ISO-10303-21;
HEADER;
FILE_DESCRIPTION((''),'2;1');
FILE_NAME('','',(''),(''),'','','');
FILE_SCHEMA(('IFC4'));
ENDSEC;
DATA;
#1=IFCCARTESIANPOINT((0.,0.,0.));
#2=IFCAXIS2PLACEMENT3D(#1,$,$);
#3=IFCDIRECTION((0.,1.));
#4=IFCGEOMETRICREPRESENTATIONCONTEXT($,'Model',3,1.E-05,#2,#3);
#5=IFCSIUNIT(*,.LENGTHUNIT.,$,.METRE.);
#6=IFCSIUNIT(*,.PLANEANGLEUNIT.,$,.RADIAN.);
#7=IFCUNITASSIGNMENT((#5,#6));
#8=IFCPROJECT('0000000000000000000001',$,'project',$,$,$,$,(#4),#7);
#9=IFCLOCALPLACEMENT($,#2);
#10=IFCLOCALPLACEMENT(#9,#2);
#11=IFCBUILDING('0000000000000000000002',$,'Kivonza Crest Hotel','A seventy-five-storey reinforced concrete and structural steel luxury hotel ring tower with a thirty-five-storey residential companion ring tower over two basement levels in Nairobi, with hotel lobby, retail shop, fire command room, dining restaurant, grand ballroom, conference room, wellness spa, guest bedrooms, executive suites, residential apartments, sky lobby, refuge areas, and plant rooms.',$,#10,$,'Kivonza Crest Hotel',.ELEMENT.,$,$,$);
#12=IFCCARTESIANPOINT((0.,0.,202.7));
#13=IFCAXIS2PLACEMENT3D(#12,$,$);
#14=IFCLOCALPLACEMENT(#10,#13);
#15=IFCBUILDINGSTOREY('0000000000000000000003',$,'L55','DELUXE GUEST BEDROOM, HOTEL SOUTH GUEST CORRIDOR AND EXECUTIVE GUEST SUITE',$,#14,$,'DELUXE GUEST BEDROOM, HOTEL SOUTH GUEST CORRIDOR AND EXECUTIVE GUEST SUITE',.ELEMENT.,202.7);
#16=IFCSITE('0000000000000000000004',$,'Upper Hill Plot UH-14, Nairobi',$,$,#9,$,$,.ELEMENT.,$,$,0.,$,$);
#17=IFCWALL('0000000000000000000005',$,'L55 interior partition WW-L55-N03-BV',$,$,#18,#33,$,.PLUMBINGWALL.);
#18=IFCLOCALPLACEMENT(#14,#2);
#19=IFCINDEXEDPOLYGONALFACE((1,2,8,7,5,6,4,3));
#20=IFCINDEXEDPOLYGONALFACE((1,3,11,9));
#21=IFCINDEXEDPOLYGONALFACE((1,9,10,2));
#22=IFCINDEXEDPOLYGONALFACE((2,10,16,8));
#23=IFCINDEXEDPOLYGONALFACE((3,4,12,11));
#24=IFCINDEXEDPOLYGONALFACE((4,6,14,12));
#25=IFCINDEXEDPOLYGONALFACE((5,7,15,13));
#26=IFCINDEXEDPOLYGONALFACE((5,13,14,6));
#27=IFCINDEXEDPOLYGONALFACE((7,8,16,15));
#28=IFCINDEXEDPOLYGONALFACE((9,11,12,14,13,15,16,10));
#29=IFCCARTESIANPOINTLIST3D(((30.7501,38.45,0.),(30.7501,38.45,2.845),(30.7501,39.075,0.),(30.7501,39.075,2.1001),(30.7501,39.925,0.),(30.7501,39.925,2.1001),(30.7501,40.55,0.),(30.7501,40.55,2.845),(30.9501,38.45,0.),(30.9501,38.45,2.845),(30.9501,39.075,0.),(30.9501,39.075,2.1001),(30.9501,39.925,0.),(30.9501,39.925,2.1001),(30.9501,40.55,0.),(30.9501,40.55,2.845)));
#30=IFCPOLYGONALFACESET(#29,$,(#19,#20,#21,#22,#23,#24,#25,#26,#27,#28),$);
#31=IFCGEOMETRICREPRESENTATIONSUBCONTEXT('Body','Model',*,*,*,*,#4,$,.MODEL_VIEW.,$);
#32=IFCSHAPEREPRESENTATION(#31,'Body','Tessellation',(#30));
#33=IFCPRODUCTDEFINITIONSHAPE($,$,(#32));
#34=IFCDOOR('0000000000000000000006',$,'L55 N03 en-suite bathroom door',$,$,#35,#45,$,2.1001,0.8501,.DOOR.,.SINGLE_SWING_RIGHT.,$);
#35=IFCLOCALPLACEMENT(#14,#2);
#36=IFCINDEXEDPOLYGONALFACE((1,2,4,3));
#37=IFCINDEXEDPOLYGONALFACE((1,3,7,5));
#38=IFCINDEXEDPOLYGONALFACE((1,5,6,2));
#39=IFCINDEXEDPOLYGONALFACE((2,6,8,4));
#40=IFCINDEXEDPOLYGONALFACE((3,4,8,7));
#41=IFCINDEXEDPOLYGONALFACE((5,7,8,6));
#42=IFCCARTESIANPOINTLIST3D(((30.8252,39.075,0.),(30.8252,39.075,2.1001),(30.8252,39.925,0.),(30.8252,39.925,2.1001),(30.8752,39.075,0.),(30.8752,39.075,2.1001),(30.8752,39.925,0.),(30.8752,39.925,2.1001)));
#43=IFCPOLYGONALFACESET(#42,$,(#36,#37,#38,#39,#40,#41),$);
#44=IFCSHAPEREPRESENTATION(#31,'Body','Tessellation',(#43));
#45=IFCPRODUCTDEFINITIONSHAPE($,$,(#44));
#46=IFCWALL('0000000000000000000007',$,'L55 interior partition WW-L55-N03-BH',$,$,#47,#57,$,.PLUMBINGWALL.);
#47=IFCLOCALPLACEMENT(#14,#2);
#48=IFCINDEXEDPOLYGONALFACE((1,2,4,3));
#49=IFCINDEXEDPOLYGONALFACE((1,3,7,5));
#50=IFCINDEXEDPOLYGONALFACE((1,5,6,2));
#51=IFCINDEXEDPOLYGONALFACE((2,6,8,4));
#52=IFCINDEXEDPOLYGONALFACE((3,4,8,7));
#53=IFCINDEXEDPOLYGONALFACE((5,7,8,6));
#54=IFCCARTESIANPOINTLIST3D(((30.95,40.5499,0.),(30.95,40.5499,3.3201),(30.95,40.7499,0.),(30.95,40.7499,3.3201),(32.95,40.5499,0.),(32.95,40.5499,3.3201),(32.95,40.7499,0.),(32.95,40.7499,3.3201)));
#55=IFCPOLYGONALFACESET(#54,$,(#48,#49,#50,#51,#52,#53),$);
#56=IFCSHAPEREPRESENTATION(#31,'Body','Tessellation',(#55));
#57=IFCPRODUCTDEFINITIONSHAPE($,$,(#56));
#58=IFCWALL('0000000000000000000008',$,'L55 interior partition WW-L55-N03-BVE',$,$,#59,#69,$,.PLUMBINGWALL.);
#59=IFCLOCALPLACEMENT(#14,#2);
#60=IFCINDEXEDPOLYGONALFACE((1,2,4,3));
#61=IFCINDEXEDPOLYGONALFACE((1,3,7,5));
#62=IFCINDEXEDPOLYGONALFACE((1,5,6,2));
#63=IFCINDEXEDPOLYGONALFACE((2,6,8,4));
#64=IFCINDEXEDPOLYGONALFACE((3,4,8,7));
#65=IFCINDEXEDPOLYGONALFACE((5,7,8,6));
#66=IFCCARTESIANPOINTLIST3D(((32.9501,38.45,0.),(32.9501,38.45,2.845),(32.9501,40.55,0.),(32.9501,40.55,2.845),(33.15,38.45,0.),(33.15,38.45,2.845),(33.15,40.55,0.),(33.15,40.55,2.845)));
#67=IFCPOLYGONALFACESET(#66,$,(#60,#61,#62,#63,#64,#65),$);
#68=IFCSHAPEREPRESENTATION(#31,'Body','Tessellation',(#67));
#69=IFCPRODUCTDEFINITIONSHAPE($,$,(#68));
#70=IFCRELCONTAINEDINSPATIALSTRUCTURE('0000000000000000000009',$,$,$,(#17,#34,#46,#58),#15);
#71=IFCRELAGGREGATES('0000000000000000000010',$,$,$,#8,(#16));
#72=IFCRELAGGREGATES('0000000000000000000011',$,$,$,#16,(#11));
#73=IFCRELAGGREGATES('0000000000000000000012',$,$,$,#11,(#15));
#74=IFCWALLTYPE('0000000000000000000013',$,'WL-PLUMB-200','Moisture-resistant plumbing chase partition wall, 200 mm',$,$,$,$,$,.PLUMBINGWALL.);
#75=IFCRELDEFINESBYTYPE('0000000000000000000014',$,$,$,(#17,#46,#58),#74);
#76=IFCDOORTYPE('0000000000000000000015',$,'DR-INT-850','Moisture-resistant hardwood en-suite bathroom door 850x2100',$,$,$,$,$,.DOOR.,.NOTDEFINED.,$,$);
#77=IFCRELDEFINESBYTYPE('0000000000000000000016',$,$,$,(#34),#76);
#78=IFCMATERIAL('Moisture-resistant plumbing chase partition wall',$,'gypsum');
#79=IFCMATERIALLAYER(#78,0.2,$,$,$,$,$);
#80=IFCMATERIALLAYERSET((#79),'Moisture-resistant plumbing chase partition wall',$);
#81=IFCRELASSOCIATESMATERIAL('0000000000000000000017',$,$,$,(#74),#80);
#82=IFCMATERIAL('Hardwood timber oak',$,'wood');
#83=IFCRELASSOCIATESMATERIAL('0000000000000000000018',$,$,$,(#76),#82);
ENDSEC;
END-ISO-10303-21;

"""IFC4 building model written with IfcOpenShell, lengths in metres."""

from ifc_helpers import new_model, si_unit, direction, frame, frame_2d, origin, place, context, subcontext, project, spatial, rectangle, extrude, material, layer, layer_set, type_object, element, fill, save


model = new_model("IFC4")

# Units and contexts
model_context = context("Model", 3, precision=1e-05, world=origin(), true_north=direction((0.0, 1.0)))
body_context = subcontext(model_context, "Body", "Model", "MODEL_VIEW")
ifc_project = project(units=[si_unit("LENGTHUNIT", "METRE"), si_unit("PLANEANGLEUNIT", "RADIAN")], contexts=[model_context])

# Site, building, storey
site_placement = place(None, origin())
site = spatial("IfcSite", under=ifc_project, at=site_placement, Name="Upper Hill Plot UH-14, Nairobi", CompositionType="ELEMENT", RefElevation=0.0)
building_placement = place(site_placement, origin())
building = spatial("IfcBuilding", under=site, at=building_placement, Name="Kivonza Crest Hotel", Description="A seventy-five-storey reinforced concrete and structural steel luxury hotel ring tower with a thirty-five-storey residential companion ring tower over two basement levels in Nairobi, with hotel lobby, retail shop, fire command room, dining restaurant, grand ballroom, conference room, wellness spa, guest bedrooms, executive suites, residential apartments, sky lobby, refuge areas, and plant rooms.", LongName="Kivonza Crest Hotel", CompositionType="ELEMENT")
storey_placement = place(building_placement, frame((0.0, 0.0, 202.7)))
storey = spatial("IfcBuildingStorey", under=building, at=storey_placement, Name="L55", Description="DELUXE GUEST BEDROOM, HOTEL SOUTH GUEST CORRIDOR AND EXECUTIVE GUEST SUITE", LongName="DELUXE GUEST BEDROOM, HOTEL SOUTH GUEST CORRIDOR AND EXECUTIVE GUEST SUITE", CompositionType="ELEMENT", Elevation=202.7)

# Shared definitions
ifc_material_1 = material(Name="Hardwood timber oak", Category="wood")

# Wall, opening, door
ifc_material_2 = material(Name="Moisture-resistant plumbing chase partition wall", Category="gypsum")
ifc_layer_1 = layer(ifc_material_2, 0.2)
ifc_layer_set_1 = layer_set([ifc_layer_1], Name="Moisture-resistant plumbing chase partition wall")
wall_type_1 = type_object("IfcWallType", Name="WL-PLUMB-200", Description="Moisture-resistant plumbing chase partition wall, 200 mm", PredefinedType="PLUMBINGWALL", material=ifc_layer_set_1)
wall_1_placement = place(storey_placement, frame((30.8501, 38.45, 0.0), z_axis=(0.0, 0.0, 1.0), x_axis=(0.0, 1.0, 0.0)))
wall_1 = element("IfcWall", 1, at=wall_1_placement, inside=storey, type_object=wall_type_1, Name="L55 interior partition WW-L55-N03-BV", PredefinedType="PLUMBINGWALL", context=body_context, shape_type="SweptSolid", body=[
    extrude(rectangle(XDim=2.1001, YDim=0.2, at=frame_2d((1.05, 0.0))), origin(), (0.0, 0.0, 1.0), 2.845),
])
opening_1_placement = place(wall_1_placement, frame((0.625, 0.0, 0.0)))
opening_1 = element("IfcOpeningElement", 2, at=opening_1_placement, cuts=wall_1, PredefinedType="OPENING", context=body_context, shape_type="SweptSolid", body=[
    extrude(rectangle(XDim=0.8501, YDim=2.1001, at=frame_2d((0.425, 1.05))), frame((0.0, 0.1099, 0.0), z_axis=(0.0, -1.0, 0.0), x_axis=(1.0, 0.0, 0.0)), (0.0, 0.0, 1.0), 0.22),
])
door_type_1 = type_object("IfcDoorType", Name="DR-INT-850", Description="Moisture-resistant hardwood en-suite bathroom door 850x2100", OperationType="NOTDEFINED", PredefinedType="DOOR", material=ifc_material_1)
door_1_placement = place(opening_1_placement, origin())
door_1 = element("IfcDoor", 3, at=door_1_placement, inside=storey, type_object=door_type_1, Name="L55 N03 en-suite bathroom door", OperationType="SINGLE_SWING_RIGHT", OverallHeight=2.1001, OverallWidth=0.8501, PredefinedType="DOOR", context=body_context, shape_type="SweptSolid", body=[
    extrude(rectangle(XDim=0.8501, YDim=2.1001, at=frame_2d((0.425, 1.05))), frame((0.0, 0.0249, 0.0), z_axis=(0.0, -1.0, 0.0), x_axis=(1.0, 0.0, 0.0)), (0.0, 0.0, 1.0), 0.05),
])
fill(opening_1, door_1)

# Walls
wall_2_placement = place(storey_placement, frame((30.95, 40.6499, 0.0), z_axis=(0.0, 0.0, 1.0), x_axis=(1.0, 0.0, 0.0)))
element("IfcWall", 4, at=wall_2_placement, inside=storey, type_object=wall_type_1, Name="L55 interior partition WW-L55-N03-BH", PredefinedType="PLUMBINGWALL", context=body_context, shape_type="SweptSolid", body=[
    extrude(rectangle(XDim=2.0, YDim=0.2, at=frame_2d((1.0, 0.0))), origin(), (0.0, 0.0, 1.0), 3.3201),
])
wall_3_placement = place(storey_placement, frame((33.05, 38.45, 0.0), z_axis=(0.0, 0.0, 1.0), x_axis=(0.0, 1.0, 0.0)))
element("IfcWall", 5, at=wall_3_placement, inside=storey, type_object=wall_type_1, Name="L55 interior partition WW-L55-N03-BVE", PredefinedType="PLUMBINGWALL", context=body_context, shape_type="SweptSolid", body=[
    extrude(rectangle(XDim=2.1001, YDim=0.2, at=frame_2d((1.05, 0.0))), origin(), (0.0, 0.0, 1.0), 2.845),
])

save(model, "model.ifc")
